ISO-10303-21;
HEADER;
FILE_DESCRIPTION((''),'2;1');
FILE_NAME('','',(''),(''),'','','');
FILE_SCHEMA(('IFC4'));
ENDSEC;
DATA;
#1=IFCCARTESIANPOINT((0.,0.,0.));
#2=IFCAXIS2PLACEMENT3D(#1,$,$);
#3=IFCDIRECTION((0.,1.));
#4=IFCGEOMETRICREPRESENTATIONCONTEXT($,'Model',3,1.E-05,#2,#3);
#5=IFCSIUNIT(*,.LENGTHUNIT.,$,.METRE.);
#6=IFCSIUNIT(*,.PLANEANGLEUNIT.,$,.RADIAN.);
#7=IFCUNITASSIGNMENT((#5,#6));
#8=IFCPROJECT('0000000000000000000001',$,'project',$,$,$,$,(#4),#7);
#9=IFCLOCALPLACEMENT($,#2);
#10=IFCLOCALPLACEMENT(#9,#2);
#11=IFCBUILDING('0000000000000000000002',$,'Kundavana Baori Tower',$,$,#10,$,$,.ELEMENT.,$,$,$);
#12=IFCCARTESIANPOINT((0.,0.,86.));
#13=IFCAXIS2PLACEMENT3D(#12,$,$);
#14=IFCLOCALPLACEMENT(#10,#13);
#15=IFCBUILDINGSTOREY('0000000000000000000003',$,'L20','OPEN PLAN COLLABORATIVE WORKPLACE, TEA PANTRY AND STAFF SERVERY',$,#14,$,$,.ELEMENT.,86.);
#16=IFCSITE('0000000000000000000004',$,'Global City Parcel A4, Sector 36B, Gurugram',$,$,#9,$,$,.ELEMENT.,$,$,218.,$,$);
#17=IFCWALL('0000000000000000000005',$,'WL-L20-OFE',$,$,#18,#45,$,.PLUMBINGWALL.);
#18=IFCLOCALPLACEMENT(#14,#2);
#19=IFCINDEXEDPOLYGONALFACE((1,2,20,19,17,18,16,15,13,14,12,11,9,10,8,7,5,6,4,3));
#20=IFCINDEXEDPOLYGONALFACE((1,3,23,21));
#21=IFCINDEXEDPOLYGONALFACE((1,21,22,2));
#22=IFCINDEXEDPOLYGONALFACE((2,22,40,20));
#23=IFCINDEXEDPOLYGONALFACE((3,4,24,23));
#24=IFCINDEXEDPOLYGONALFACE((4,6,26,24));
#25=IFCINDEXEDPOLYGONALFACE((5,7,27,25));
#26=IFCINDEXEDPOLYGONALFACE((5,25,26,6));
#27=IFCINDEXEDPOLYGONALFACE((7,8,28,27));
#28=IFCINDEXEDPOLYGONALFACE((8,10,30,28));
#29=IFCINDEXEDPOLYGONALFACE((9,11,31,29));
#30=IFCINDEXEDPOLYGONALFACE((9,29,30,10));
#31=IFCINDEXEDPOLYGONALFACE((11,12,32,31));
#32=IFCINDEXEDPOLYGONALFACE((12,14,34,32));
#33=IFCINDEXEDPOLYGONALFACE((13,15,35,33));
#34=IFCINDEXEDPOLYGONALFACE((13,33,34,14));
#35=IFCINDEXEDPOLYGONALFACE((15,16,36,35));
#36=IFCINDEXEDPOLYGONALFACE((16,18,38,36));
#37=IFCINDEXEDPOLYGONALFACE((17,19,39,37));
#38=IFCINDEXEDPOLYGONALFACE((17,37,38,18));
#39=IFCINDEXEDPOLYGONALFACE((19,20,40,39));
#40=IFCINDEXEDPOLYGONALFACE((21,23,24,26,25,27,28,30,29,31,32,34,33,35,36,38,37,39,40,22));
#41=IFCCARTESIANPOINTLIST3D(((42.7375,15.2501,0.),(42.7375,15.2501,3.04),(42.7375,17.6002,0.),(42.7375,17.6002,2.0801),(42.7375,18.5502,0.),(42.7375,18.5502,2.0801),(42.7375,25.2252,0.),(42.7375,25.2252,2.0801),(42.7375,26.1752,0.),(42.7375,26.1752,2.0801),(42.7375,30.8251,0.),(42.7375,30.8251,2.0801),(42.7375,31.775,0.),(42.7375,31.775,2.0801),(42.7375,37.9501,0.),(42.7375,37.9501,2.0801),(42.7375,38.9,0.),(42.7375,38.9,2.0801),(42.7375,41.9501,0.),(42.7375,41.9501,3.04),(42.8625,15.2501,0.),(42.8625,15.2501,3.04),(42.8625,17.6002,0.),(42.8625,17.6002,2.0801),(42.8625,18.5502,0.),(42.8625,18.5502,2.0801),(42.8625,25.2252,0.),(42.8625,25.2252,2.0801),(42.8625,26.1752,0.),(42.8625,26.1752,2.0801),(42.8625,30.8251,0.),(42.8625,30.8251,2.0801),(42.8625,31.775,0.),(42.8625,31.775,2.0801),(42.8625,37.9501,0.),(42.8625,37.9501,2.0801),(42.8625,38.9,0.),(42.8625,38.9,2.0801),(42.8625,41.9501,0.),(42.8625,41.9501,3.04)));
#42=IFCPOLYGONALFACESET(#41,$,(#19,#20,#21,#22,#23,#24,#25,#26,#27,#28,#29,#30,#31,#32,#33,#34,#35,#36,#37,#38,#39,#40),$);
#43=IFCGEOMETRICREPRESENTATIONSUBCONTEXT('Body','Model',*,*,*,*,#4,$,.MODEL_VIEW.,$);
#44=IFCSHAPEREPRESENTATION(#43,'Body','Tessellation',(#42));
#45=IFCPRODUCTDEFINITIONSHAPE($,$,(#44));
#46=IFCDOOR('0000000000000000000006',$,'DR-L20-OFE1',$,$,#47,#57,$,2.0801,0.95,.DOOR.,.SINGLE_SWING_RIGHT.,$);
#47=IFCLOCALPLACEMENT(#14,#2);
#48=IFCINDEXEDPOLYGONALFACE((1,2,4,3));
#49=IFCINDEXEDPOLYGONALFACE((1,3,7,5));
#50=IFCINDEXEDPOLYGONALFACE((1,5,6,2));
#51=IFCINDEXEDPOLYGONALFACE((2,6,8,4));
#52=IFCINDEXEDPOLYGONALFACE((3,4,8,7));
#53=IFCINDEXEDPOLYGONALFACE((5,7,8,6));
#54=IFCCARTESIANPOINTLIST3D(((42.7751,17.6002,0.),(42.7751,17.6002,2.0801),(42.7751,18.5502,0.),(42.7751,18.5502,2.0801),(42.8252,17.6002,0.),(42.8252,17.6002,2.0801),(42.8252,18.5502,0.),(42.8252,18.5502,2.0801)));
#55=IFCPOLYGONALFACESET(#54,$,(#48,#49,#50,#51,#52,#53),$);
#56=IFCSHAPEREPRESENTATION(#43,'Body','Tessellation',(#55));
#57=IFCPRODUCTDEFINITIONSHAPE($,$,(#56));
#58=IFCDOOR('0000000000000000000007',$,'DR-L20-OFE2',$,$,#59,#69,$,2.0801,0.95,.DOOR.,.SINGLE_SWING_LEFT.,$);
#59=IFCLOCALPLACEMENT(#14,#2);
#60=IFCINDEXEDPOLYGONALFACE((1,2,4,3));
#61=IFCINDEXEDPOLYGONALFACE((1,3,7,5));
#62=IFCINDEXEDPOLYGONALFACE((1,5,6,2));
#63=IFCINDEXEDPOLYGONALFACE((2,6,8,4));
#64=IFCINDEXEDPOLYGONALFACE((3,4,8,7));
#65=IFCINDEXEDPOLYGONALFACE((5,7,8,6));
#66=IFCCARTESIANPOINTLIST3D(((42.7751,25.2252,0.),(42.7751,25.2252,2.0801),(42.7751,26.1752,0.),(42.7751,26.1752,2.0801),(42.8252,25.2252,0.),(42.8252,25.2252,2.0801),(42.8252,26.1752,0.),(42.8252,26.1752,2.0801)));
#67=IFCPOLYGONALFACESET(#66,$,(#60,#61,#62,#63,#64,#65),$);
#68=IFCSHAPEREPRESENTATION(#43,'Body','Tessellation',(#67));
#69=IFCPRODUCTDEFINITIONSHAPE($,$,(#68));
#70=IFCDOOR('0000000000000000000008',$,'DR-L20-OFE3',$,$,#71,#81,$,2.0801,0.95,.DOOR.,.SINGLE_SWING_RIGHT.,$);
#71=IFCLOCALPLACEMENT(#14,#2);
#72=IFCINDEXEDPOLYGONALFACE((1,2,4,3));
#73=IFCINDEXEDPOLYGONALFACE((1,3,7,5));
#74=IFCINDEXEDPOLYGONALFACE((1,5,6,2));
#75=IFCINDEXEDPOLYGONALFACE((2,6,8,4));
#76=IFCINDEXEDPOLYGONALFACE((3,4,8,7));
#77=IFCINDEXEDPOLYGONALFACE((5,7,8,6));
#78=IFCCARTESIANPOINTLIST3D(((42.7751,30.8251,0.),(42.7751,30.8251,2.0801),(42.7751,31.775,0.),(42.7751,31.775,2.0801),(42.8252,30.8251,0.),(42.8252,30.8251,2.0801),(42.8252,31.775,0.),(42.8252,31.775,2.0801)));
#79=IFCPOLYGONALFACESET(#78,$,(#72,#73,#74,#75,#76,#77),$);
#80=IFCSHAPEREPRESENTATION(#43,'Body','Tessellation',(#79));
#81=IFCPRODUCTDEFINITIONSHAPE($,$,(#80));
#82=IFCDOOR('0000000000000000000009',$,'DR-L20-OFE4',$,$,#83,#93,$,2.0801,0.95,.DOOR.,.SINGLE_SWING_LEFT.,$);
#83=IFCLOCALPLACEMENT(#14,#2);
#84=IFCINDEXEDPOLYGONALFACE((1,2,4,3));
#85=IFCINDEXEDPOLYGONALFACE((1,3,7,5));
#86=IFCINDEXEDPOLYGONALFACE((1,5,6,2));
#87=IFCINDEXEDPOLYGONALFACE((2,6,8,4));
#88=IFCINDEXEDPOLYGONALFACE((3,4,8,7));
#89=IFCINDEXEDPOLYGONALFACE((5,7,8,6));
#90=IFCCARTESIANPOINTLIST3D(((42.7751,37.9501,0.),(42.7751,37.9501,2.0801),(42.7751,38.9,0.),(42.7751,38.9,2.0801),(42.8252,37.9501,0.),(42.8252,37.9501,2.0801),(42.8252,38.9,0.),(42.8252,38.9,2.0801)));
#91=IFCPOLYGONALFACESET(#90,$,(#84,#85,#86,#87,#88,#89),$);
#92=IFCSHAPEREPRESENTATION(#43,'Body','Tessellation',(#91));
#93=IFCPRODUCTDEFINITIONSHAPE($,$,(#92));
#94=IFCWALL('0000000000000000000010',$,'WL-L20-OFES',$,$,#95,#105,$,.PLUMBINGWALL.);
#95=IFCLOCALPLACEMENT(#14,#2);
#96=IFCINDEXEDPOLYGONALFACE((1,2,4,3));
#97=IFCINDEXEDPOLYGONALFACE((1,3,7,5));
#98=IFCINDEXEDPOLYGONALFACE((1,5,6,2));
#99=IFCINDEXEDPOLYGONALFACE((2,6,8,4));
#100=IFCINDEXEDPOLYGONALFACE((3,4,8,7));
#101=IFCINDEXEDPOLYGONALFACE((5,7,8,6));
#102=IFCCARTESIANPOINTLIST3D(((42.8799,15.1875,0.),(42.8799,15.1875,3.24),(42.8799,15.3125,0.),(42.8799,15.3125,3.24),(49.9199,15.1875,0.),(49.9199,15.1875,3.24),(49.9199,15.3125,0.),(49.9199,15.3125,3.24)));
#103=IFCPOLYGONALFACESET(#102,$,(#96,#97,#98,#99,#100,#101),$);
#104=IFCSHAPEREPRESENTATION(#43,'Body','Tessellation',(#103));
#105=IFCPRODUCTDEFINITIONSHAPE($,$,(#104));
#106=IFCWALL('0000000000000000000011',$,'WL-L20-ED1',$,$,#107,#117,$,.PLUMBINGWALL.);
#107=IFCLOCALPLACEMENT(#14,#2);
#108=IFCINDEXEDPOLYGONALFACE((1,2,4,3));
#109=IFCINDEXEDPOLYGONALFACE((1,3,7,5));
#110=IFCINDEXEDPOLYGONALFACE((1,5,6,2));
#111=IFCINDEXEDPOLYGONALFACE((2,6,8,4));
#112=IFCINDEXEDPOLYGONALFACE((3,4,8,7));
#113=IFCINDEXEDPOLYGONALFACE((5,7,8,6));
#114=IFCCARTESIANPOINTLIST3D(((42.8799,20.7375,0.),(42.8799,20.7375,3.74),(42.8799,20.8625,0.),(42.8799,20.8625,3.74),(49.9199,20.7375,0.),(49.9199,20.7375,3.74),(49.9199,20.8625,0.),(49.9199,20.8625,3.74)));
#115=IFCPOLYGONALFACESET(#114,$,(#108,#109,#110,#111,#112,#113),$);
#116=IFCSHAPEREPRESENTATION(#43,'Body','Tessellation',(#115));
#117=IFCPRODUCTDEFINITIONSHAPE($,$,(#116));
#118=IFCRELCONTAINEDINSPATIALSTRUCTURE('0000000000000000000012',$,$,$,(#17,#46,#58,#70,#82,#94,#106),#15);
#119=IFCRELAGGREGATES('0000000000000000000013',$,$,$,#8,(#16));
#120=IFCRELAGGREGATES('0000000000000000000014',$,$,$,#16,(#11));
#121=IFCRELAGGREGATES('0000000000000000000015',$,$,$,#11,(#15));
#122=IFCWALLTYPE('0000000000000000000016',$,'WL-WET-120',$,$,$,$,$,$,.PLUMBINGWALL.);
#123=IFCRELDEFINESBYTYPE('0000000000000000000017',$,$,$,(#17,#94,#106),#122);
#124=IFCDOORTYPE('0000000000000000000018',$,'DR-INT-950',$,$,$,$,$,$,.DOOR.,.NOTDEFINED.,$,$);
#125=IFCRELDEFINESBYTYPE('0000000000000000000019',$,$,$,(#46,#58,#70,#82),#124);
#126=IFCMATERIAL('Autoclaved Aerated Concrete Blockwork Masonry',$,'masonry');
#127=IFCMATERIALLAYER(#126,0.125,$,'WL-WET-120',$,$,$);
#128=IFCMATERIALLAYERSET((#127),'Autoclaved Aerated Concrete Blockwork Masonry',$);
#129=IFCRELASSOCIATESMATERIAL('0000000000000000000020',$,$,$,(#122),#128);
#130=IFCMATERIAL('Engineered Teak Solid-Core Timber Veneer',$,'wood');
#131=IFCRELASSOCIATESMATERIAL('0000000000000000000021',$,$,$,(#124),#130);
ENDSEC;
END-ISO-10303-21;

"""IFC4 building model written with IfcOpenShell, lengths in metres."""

from ifc_helpers import new_model, si_unit, direction, frame, frame_2d, origin, place, context, subcontext, project, spatial, rectangle, extrude, material, layer, layer_set, type_object, element, fill, save


model = new_model("IFC4")

# Units and contexts
model_context = context("Model", 3, precision=1e-05, world=origin(), true_north=direction((0.0, 1.0)))
body_context = subcontext(model_context, "Body", "Model", "MODEL_VIEW")
ifc_project = project(units=[si_unit("LENGTHUNIT", "METRE"), si_unit("PLANEANGLEUNIT", "RADIAN")], contexts=[model_context])

# Site, building, storey
site_placement = place(None, origin())
site = spatial("IfcSite", under=ifc_project, at=site_placement, Name="Global City Parcel A4, Sector 36B, Gurugram", CompositionType="ELEMENT", RefElevation=218.0)
building_placement = place(site_placement, origin())
building = spatial("IfcBuilding", under=site, at=building_placement, Name="Kundavana Baori Tower", CompositionType="ELEMENT")
storey_placement = place(building_placement, frame((0.0, 0.0, 86.0)))
storey = spatial("IfcBuildingStorey", under=building, at=storey_placement, Name="L20", Description="OPEN PLAN COLLABORATIVE WORKPLACE, TEA PANTRY AND STAFF SERVERY", CompositionType="ELEMENT", Elevation=86.0)

# Wall, openings, doors
ifc_material_1 = material(Name="Autoclaved Aerated Concrete Blockwork Masonry", Category="masonry")
ifc_layer_1 = layer(ifc_material_1, 0.125, Name="WL-WET-120")
ifc_layer_set_1 = layer_set([ifc_layer_1], Name="Autoclaved Aerated Concrete Blockwork Masonry")
wall_type_1 = type_object("IfcWallType", Name="WL-WET-120", PredefinedType="PLUMBINGWALL", material=ifc_layer_set_1)
wall_1_placement = place(storey_placement, frame((42.8, 15.25, 0.0), z_axis=(0.0, 0.0, 1.0), x_axis=(0.0, 1.0, 0.0)))
wall_1 = element("IfcWall", 1, at=wall_1_placement, inside=storey, type_object=wall_type_1, Name="WL-L20-OFE", PredefinedType="PLUMBINGWALL", context=body_context, shape_type="SweptSolid", body=[
    extrude(rectangle(XDim=26.7, YDim=0.125, at=frame_2d((13.3501, 0.0))), origin(), (0.0, 0.0, 1.0), 3.04),
])
opening_1_placement = place(wall_1_placement, frame((2.3501, 0.0, 0.0)))
opening_1 = element("IfcOpeningElement", 2, at=opening_1_placement, cuts=wall_1, PredefinedType="OPENING", context=body_context, shape_type="SweptSolid", body=[
    extrude(rectangle(XDim=0.95, YDim=2.0801, at=frame_2d((0.4751, 1.04))), frame((0.0, 0.0725, 0.0), z_axis=(0.0, -1.0, 0.0), x_axis=(1.0, 0.0, 0.0)), (0.0, 0.0, 1.0), 0.145),
])
opening_2_placement = place(wall_1_placement, frame((9.9751, 0.0, 0.0)))
opening_2 = element("IfcOpeningElement", 3, at=opening_2_placement, cuts=wall_1, PredefinedType="OPENING", context=body_context, shape_type="SweptSolid", body=[
    extrude(rectangle(XDim=0.95, YDim=2.0801, at=frame_2d((0.4751, 1.04))), frame((0.0, 0.0725, 0.0), z_axis=(0.0, -1.0, 0.0), x_axis=(1.0, 0.0, 0.0)), (0.0, 0.0, 1.0), 0.145),
])
opening_3_placement = place(wall_1_placement, frame((15.575, 0.0, 0.0)))
opening_3 = element("IfcOpeningElement", 4, at=opening_3_placement, cuts=wall_1, PredefinedType="OPENING", context=body_context, shape_type="SweptSolid", body=[
    extrude(rectangle(XDim=0.95, YDim=2.0801, at=frame_2d((0.4751, 1.04))), frame((0.0, 0.0725, 0.0), z_axis=(0.0, -1.0, 0.0), x_axis=(1.0, 0.0, 0.0)), (0.0, 0.0, 1.0), 0.145),
])
opening_4_placement = place(wall_1_placement, frame((22.7, 0.0, 0.0)))
opening_4 = element("IfcOpeningElement", 5, at=opening_4_placement, cuts=wall_1, PredefinedType="OPENING", context=body_context, shape_type="SweptSolid", body=[
    extrude(rectangle(XDim=0.95, YDim=2.0801, at=frame_2d((0.4751, 1.04))), frame((0.0, 0.0725, 0.0), z_axis=(0.0, -1.0, 0.0), x_axis=(1.0, 0.0, 0.0)), (0.0, 0.0, 1.0), 0.145),
])
ifc_material_2 = material(Name="Engineered Teak Solid-Core Timber Veneer", Category="wood")
door_type_1 = type_object("IfcDoorType", Name="DR-INT-950", OperationType="NOTDEFINED", PredefinedType="DOOR", material=ifc_material_2)
door_1_placement = place(opening_1_placement, origin())
door_1 = element("IfcDoor", 6, at=door_1_placement, inside=storey, type_object=door_type_1, Name="DR-L20-OFE1", OperationType="SINGLE_SWING_RIGHT", OverallHeight=2.0801, OverallWidth=0.95, PredefinedType="DOOR", context=body_context, shape_type="SweptSolid", body=[
    extrude(rectangle(XDim=0.95, YDim=2.0801, at=frame_2d((0.4751, 1.04))), frame((0.0, 0.0249, 0.0), z_axis=(0.0, -1.0, 0.0), x_axis=(1.0, 0.0, 0.0)), (0.0, 0.0, 1.0), 0.05),
])
fill(opening_1, door_1)
door_2_placement = place(opening_2_placement, origin())
door_2 = element("IfcDoor", 7, at=door_2_placement, inside=storey, type_object=door_type_1, Name="DR-L20-OFE2", OperationType="SINGLE_SWING_LEFT", OverallHeight=2.0801, OverallWidth=0.95, PredefinedType="DOOR", context=body_context, shape_type="SweptSolid", body=[
    extrude(rectangle(XDim=0.95, YDim=2.0801, at=frame_2d((0.4751, 1.04))), frame((0.0, 0.0249, 0.0), z_axis=(0.0, -1.0, 0.0), x_axis=(1.0, 0.0, 0.0)), (0.0, 0.0, 1.0), 0.05),
])
fill(opening_2, door_2)
door_3_placement = place(opening_3_placement, origin())
door_3 = element("IfcDoor", 8, at=door_3_placement, inside=storey, type_object=door_type_1, Name="DR-L20-OFE3", OperationType="SINGLE_SWING_RIGHT", OverallHeight=2.0801, OverallWidth=0.95, PredefinedType="DOOR", context=body_context, shape_type="SweptSolid", body=[
    extrude(rectangle(XDim=0.95, YDim=2.0801, at=frame_2d((0.4751, 1.04))), frame((0.0, 0.0249, 0.0), z_axis=(0.0, -1.0, 0.0), x_axis=(1.0, 0.0, 0.0)), (0.0, 0.0, 1.0), 0.05),
])
fill(opening_3, door_3)
door_4_placement = place(opening_4_placement, origin())
door_4 = element("IfcDoor", 9, at=door_4_placement, inside=storey, type_object=door_type_1, Name="DR-L20-OFE4", OperationType="SINGLE_SWING_LEFT", OverallHeight=2.0801, OverallWidth=0.95, PredefinedType="DOOR", context=body_context, shape_type="SweptSolid", body=[
    extrude(rectangle(XDim=0.95, YDim=2.0801, at=frame_2d((0.4751, 1.04))), frame((0.0, 0.0249, 0.0), z_axis=(0.0, -1.0, 0.0), x_axis=(1.0, 0.0, 0.0)), (0.0, 0.0, 1.0), 0.05),
])
fill(opening_4, door_4)

# Walls
wall_2_placement = place(storey_placement, frame((42.8799, 15.25, 0.0), z_axis=(0.0, 0.0, 1.0), x_axis=(1.0, 0.0, 0.0)))
element("IfcWall", 10, at=wall_2_placement, inside=storey, type_object=wall_type_1, Name="WL-L20-OFES", PredefinedType="PLUMBINGWALL", context=body_context, shape_type="SweptSolid", body=[
    extrude(rectangle(XDim=7.04, YDim=0.125, at=frame_2d((3.52, 0.0))), origin(), (0.0, 0.0, 1.0), 3.24),
])
wall_3_placement = place(storey_placement, frame((42.8799, 20.8, 0.0), z_axis=(0.0, 0.0, 1.0), x_axis=(1.0, 0.0, 0.0)))
element("IfcWall", 11, at=wall_3_placement, inside=storey, type_object=wall_type_1, Name="WL-L20-ED1", PredefinedType="PLUMBINGWALL", context=body_context, shape_type="SweptSolid", body=[
    extrude(rectangle(XDim=7.04, YDim=0.125, at=frame_2d((3.52, 0.0))), origin(), (0.0, 0.0, 1.0), 3.74),
])

save(model, "model.ifc")
